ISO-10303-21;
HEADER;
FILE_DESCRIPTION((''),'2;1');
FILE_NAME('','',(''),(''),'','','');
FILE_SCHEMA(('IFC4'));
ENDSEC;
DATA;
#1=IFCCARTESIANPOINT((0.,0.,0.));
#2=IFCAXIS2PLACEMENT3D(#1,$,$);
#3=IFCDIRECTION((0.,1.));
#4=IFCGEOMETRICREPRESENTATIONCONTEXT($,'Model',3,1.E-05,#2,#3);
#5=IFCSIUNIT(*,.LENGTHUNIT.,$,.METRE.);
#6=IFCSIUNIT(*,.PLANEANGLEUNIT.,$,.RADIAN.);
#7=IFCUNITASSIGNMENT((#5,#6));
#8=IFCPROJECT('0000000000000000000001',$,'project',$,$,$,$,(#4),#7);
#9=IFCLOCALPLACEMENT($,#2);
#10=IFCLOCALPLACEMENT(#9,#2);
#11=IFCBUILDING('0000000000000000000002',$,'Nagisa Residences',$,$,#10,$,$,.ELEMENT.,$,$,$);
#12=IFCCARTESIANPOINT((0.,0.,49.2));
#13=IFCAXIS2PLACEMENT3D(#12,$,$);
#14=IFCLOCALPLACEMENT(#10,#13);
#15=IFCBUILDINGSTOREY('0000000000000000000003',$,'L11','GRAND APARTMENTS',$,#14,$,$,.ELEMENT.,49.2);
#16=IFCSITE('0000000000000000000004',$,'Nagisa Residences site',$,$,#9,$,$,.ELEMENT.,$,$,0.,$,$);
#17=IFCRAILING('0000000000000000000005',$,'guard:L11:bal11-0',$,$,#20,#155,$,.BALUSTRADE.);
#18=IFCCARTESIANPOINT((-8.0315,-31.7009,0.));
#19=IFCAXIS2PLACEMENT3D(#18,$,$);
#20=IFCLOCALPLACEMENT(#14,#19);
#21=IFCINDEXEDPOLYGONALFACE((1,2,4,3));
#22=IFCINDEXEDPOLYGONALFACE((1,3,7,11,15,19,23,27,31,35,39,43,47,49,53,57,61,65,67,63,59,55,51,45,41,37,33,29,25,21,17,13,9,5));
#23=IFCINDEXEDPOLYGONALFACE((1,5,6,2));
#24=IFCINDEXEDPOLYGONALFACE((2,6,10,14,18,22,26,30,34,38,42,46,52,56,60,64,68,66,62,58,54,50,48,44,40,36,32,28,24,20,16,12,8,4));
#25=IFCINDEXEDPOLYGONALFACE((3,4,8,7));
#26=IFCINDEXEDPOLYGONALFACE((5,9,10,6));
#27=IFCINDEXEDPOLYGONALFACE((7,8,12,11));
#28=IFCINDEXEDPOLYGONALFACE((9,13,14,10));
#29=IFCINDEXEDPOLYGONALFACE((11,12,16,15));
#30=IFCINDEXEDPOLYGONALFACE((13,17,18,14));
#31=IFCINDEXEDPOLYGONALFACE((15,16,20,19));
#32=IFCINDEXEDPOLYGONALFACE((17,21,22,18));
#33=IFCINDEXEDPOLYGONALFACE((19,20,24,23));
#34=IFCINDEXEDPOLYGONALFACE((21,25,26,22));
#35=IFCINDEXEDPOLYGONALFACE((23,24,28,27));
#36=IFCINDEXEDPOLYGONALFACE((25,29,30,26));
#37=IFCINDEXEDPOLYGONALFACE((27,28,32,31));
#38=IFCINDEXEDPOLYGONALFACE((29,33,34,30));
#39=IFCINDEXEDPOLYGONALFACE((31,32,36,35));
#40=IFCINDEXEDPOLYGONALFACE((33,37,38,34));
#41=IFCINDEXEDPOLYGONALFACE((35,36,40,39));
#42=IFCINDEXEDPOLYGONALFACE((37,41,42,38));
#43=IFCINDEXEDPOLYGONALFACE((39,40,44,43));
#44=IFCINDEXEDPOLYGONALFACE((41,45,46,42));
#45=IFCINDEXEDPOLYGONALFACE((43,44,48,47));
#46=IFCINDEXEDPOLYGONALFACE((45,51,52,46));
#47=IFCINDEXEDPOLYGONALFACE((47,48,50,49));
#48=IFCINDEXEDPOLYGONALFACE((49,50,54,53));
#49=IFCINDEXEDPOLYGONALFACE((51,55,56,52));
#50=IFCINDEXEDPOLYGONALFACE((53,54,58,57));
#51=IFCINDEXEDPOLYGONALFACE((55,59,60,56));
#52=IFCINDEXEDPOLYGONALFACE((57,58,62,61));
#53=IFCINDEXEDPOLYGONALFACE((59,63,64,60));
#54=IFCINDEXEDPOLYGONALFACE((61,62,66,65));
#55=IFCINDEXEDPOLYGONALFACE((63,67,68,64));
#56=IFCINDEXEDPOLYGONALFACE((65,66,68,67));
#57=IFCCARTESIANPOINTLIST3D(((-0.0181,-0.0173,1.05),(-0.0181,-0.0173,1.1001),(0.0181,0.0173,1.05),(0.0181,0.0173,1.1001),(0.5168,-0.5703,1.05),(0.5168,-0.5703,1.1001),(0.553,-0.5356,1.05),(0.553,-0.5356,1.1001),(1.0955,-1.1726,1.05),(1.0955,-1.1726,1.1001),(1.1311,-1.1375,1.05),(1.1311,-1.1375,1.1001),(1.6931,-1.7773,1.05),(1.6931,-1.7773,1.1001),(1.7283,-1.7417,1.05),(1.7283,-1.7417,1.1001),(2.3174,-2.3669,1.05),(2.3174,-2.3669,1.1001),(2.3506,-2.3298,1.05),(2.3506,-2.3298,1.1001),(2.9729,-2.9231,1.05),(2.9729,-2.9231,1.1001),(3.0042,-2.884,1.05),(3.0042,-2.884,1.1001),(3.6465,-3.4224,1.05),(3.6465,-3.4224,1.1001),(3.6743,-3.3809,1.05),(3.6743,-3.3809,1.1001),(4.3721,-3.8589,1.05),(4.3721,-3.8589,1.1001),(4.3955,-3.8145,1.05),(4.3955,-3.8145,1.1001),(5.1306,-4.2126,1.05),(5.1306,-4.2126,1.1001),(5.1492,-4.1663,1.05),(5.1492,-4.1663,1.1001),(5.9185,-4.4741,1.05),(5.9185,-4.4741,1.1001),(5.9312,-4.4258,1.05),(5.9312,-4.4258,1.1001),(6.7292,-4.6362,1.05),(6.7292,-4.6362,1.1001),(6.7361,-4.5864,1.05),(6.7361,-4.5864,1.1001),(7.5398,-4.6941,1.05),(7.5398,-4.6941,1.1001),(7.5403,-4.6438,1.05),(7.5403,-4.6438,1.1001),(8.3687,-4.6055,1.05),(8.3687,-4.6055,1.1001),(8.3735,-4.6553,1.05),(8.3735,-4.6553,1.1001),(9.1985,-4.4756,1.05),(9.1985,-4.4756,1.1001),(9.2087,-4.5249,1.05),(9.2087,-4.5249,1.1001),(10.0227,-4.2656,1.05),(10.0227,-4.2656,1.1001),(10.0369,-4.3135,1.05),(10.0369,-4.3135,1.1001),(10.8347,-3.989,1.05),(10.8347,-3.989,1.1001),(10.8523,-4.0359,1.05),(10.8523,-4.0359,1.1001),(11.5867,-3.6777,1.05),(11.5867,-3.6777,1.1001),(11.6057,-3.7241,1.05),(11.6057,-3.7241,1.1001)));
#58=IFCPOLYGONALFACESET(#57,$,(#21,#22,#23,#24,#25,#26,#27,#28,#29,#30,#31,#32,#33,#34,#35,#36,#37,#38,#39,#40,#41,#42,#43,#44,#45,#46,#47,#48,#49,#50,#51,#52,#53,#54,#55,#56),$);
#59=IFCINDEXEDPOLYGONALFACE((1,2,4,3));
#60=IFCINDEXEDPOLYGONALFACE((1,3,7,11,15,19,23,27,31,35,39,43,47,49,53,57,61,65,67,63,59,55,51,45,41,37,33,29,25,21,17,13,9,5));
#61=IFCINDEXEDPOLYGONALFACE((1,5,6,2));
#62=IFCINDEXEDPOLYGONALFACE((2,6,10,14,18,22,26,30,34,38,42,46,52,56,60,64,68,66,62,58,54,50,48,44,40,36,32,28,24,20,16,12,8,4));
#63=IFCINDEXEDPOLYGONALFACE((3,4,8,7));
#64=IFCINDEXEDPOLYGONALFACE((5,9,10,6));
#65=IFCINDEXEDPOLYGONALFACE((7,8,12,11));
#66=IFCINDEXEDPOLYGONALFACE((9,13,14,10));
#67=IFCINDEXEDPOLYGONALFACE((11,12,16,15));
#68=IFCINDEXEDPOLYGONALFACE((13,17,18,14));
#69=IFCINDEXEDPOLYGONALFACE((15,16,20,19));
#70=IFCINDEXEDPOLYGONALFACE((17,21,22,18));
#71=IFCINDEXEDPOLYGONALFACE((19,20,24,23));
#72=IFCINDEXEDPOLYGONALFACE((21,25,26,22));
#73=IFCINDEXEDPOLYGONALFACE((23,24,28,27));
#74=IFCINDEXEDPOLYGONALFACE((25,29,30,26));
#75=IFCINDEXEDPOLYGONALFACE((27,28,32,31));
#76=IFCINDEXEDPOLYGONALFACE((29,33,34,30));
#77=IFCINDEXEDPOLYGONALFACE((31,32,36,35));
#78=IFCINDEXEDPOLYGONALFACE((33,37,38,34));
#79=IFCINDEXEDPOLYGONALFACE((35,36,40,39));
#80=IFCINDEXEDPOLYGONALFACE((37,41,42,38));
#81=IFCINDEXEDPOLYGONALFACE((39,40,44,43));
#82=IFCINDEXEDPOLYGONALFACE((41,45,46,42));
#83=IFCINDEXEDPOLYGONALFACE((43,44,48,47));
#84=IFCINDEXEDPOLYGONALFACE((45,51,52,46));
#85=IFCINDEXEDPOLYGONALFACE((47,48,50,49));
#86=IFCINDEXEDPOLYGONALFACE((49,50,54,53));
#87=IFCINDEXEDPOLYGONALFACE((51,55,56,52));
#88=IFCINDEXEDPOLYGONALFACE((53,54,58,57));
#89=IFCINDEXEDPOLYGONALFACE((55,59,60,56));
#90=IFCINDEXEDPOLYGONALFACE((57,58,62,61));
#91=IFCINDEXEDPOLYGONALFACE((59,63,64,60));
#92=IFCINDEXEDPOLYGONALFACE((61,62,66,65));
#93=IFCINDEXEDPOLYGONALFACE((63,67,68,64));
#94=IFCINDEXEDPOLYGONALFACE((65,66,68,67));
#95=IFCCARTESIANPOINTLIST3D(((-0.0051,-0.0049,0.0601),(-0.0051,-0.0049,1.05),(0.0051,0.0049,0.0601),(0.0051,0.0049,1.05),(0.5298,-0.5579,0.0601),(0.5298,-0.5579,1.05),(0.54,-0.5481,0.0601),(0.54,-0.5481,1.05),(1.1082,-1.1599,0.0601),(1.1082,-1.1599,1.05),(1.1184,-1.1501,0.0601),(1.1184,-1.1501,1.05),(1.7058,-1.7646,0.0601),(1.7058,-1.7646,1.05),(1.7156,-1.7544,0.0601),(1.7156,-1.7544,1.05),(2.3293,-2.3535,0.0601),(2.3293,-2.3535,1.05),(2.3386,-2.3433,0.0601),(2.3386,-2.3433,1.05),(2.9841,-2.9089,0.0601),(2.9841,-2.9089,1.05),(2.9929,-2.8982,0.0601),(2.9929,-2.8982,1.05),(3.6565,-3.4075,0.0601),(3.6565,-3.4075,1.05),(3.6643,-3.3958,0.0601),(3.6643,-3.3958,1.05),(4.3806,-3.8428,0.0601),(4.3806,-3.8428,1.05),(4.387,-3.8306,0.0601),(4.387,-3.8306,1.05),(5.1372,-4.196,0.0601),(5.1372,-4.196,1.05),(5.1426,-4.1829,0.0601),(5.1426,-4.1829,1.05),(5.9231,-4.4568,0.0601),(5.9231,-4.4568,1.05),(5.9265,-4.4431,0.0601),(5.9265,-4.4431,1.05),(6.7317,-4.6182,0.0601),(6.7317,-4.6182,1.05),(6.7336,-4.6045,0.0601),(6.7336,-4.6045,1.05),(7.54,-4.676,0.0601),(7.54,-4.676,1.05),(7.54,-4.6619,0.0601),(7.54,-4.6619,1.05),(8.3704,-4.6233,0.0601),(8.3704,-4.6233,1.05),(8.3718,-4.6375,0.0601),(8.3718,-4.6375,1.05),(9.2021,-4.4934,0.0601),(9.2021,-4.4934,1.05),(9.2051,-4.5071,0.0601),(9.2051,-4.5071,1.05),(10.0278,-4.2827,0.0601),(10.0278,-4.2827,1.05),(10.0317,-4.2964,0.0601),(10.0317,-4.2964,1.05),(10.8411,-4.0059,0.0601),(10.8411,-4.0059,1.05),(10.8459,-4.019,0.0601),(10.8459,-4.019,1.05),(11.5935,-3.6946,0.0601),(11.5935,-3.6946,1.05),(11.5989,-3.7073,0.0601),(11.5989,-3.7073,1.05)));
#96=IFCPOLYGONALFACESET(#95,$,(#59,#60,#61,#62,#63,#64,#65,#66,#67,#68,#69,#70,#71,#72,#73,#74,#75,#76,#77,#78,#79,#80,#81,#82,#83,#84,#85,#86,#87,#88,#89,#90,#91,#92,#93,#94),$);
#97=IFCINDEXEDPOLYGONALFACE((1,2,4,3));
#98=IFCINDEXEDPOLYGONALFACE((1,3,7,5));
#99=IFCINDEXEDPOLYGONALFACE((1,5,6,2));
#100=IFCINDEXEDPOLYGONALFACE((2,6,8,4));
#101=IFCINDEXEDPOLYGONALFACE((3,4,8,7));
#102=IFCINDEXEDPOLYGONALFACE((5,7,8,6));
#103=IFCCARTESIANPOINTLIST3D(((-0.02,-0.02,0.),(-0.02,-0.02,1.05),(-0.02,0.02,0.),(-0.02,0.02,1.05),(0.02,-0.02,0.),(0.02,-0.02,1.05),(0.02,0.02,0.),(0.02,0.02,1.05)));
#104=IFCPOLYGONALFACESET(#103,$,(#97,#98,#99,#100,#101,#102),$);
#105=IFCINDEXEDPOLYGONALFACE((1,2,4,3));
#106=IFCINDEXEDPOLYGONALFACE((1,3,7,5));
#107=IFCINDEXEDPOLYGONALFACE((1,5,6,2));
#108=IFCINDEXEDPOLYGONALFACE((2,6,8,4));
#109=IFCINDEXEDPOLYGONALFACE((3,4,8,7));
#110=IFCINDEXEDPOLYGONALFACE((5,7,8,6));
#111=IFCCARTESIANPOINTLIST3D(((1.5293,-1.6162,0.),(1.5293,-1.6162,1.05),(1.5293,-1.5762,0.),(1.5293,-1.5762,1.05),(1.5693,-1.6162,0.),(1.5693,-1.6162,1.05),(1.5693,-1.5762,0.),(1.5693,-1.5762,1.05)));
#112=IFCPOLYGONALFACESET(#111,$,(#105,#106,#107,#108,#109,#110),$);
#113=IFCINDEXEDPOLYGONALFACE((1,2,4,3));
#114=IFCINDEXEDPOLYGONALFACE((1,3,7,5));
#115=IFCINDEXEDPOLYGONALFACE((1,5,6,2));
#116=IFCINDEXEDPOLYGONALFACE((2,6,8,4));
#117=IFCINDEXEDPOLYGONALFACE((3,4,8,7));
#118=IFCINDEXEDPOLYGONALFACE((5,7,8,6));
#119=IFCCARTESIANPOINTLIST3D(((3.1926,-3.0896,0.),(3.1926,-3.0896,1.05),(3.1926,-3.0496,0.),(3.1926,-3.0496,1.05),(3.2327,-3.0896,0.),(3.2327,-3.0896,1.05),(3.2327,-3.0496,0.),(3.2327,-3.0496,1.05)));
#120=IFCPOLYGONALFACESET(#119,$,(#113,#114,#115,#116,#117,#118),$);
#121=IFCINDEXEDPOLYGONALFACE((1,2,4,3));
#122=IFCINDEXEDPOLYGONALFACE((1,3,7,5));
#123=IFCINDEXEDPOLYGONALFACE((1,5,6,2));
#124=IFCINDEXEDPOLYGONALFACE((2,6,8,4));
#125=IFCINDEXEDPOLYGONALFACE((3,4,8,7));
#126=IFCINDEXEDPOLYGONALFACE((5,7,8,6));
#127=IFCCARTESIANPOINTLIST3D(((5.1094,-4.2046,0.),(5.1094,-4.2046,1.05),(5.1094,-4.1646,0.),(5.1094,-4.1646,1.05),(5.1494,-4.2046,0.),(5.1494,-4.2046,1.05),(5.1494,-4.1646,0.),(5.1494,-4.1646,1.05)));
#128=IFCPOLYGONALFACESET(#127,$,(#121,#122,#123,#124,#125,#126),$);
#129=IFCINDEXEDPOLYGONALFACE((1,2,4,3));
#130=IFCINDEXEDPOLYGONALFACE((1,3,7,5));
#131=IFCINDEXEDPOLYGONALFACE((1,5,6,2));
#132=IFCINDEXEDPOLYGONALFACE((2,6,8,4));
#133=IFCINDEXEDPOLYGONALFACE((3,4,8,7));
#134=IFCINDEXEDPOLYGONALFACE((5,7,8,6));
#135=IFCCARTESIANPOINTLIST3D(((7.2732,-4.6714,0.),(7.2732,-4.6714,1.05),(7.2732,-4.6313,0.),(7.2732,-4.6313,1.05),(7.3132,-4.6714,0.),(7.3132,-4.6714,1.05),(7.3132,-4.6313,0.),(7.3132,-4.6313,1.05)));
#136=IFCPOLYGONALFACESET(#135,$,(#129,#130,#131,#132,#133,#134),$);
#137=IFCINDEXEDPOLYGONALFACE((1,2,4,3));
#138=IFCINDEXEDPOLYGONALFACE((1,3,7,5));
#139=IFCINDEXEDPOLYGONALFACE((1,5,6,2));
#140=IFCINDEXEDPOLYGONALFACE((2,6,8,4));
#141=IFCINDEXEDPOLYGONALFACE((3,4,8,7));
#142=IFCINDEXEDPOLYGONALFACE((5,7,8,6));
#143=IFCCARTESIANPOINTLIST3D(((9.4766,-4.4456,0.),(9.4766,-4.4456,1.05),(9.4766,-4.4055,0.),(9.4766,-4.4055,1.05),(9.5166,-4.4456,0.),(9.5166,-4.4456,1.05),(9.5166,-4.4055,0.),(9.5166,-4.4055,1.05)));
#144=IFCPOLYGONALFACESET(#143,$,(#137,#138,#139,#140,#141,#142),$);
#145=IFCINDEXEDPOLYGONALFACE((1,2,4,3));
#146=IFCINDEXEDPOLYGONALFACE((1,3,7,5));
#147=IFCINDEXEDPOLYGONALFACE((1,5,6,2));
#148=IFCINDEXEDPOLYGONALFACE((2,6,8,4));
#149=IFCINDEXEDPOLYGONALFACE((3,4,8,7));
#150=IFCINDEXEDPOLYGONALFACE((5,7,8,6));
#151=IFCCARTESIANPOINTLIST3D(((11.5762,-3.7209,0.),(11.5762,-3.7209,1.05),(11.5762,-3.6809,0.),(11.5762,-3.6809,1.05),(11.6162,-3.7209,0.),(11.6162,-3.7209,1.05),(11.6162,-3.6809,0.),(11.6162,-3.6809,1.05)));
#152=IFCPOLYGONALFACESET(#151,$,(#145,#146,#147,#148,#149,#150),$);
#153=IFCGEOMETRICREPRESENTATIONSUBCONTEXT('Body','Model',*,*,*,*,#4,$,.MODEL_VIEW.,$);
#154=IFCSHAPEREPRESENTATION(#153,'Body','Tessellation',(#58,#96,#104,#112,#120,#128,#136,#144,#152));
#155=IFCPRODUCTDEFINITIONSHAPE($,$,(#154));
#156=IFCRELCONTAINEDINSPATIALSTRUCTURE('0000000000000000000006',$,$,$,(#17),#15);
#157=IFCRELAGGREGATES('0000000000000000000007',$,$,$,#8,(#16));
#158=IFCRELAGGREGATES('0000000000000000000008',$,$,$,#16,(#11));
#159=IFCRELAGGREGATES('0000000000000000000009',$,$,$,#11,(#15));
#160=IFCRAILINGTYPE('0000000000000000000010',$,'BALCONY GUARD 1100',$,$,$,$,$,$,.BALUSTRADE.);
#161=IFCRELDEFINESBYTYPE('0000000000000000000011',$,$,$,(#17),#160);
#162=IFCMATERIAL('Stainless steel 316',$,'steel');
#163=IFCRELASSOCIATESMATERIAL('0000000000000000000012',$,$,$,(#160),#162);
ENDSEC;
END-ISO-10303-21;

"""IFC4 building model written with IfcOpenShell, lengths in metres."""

from ifc_helpers import new_model, si_unit, direction, frame, origin, origin_2d, place, context, subcontext, project, spatial, polyline, rectangle, outline, extrude, material, type_object, element, save


model = new_model("IFC4")

# Units and contexts
model_context = context("Model", 3, precision=1e-05, world=origin(), true_north=direction((0.0, 1.0)))
body_context = subcontext(model_context, "Body", "Model", "MODEL_VIEW")
ifc_project = project(units=[si_unit("LENGTHUNIT", "METRE"), si_unit("PLANEANGLEUNIT", "RADIAN")], contexts=[model_context])

# Site, building, storey
site_placement = place(None, origin())
site = spatial("IfcSite", under=ifc_project, at=site_placement, Name="Nagisa Residences site", CompositionType="ELEMENT", RefElevation=0.0)
building_placement = place(site_placement, origin())
building = spatial("IfcBuilding", under=site, at=building_placement, Name="Nagisa Residences", CompositionType="ELEMENT")
storey_placement = place(building_placement, frame((0.0, 0.0, 49.2)))
storey = spatial("IfcBuildingStorey", under=building, at=storey_placement, Name="L11", Description="GRAND APARTMENTS", CompositionType="ELEMENT", Elevation=49.2)

# Railing
ifc_material_1 = material(Name="Stainless steel 316", Category="steel")
railing_type = type_object("IfcRailingType", Name="BALCONY GUARD 1100", PredefinedType="BALUSTRADE", material=ifc_material_1)
railing_placement = place(storey_placement, frame((-8.0315, -31.7009, 0.0)))
element("IfcRailing", 1, at=railing_placement, inside=storey, type_object=railing_type, Name="guard:L11:bal11-0", PredefinedType="BALUSTRADE", context=body_context, shape_type="SweptSolid", body=[
    extrude(outline(polyline([(0.553, -0.5356), (0.0181, 0.0173), (-0.0181, -0.0173), (0.5168, -0.5703), (1.0955, -1.1726), (1.6931, -1.7773), (2.3174, -2.3669), (2.9729, -2.9231), (3.6465, -3.4224), (4.3721, -3.8589), (5.1306, -4.2126), (5.9185, -4.4741), (6.7292, -4.6362), (7.5398, -4.6941), (8.3735, -4.6553), (9.2087, -4.5249), (10.0369, -4.3135), (10.8523, -4.0359), (11.6057, -3.7241), (11.5867, -3.6777), (10.8347, -3.989), (10.0227, -4.2656), (9.1985, -4.4756), (8.3687, -4.6055), (7.5403, -4.6438), (6.7361, -4.5864), (5.9312, -4.4258), (5.1492, -4.1663), (4.3955, -3.8145), (3.6743, -3.3809), (3.0042, -2.884), (2.3506, -2.3298), (1.7283, -1.7417), (1.1311, -1.1375), (0.553, -0.5356)])), frame((0.0, 0.0, 1.05)), (0.0, 0.0, 1.0), 0.05),
    extrude(outline(polyline([(0.54, -0.5481), (0.0051, 0.0049), (-0.0051, -0.0049), (0.5298, -0.5579), (1.1082, -1.1599), (1.7058, -1.7646), (2.3293, -2.3535), (2.9841, -2.9089), (3.6565, -3.4075), (4.3806, -3.8428), (5.1372, -4.196), (5.9231, -4.4568), (6.7317, -4.6182), (7.54, -4.676), (8.3718, -4.6375), (9.2051, -4.5071), (10.0317, -4.2964), (10.8459, -4.019), (11.5989, -3.7073), (11.5935, -3.6946), (10.8411, -4.0059), (10.0278, -4.2827), (9.2021, -4.4934), (8.3704, -4.6233), (7.54, -4.6619), (6.7336, -4.6045), (5.9265, -4.4431), (5.1426, -4.1829), (4.387, -3.8306), (3.6643, -3.3958), (2.9929, -2.8982), (2.3386, -2.3433), (1.7156, -1.7544), (1.1184, -1.1501), (0.54, -0.5481)])), frame((0.0, 0.0, 0.0601)), (0.0, 0.0, 1.0), 0.99),
    extrude(rectangle(XDim=0.04, YDim=0.04, at=origin_2d()), origin(), (0.0, 0.0, 1.0), 1.05),
    extrude(rectangle(XDim=0.04, YDim=0.04, at=origin_2d()), frame((1.5493, -1.5962, 0.0)), (0.0, 0.0, 1.0), 1.05),
    extrude(rectangle(XDim=0.04, YDim=0.04, at=origin_2d()), frame((3.2126, -3.0696, 0.0)), (0.0, 0.0, 1.0), 1.05),
    extrude(rectangle(XDim=0.04, YDim=0.04, at=origin_2d()), frame((5.1294, -4.1846, 0.0)), (0.0, 0.0, 1.0), 1.05),
    extrude(rectangle(XDim=0.04, YDim=0.04, at=origin_2d()), frame((7.2932, -4.6514, 0.0)), (0.0, 0.0, 1.0), 1.05),
    extrude(rectangle(XDim=0.04, YDim=0.04, at=origin_2d()), frame((9.4966, -4.4255, 0.0)), (0.0, 0.0, 1.0), 1.05),
    extrude(rectangle(XDim=0.04, YDim=0.04, at=origin_2d()), frame((11.5962, -3.7009, 0.0)), (0.0, 0.0, 1.0), 1.05),
])

save(model, "model.ifc")
